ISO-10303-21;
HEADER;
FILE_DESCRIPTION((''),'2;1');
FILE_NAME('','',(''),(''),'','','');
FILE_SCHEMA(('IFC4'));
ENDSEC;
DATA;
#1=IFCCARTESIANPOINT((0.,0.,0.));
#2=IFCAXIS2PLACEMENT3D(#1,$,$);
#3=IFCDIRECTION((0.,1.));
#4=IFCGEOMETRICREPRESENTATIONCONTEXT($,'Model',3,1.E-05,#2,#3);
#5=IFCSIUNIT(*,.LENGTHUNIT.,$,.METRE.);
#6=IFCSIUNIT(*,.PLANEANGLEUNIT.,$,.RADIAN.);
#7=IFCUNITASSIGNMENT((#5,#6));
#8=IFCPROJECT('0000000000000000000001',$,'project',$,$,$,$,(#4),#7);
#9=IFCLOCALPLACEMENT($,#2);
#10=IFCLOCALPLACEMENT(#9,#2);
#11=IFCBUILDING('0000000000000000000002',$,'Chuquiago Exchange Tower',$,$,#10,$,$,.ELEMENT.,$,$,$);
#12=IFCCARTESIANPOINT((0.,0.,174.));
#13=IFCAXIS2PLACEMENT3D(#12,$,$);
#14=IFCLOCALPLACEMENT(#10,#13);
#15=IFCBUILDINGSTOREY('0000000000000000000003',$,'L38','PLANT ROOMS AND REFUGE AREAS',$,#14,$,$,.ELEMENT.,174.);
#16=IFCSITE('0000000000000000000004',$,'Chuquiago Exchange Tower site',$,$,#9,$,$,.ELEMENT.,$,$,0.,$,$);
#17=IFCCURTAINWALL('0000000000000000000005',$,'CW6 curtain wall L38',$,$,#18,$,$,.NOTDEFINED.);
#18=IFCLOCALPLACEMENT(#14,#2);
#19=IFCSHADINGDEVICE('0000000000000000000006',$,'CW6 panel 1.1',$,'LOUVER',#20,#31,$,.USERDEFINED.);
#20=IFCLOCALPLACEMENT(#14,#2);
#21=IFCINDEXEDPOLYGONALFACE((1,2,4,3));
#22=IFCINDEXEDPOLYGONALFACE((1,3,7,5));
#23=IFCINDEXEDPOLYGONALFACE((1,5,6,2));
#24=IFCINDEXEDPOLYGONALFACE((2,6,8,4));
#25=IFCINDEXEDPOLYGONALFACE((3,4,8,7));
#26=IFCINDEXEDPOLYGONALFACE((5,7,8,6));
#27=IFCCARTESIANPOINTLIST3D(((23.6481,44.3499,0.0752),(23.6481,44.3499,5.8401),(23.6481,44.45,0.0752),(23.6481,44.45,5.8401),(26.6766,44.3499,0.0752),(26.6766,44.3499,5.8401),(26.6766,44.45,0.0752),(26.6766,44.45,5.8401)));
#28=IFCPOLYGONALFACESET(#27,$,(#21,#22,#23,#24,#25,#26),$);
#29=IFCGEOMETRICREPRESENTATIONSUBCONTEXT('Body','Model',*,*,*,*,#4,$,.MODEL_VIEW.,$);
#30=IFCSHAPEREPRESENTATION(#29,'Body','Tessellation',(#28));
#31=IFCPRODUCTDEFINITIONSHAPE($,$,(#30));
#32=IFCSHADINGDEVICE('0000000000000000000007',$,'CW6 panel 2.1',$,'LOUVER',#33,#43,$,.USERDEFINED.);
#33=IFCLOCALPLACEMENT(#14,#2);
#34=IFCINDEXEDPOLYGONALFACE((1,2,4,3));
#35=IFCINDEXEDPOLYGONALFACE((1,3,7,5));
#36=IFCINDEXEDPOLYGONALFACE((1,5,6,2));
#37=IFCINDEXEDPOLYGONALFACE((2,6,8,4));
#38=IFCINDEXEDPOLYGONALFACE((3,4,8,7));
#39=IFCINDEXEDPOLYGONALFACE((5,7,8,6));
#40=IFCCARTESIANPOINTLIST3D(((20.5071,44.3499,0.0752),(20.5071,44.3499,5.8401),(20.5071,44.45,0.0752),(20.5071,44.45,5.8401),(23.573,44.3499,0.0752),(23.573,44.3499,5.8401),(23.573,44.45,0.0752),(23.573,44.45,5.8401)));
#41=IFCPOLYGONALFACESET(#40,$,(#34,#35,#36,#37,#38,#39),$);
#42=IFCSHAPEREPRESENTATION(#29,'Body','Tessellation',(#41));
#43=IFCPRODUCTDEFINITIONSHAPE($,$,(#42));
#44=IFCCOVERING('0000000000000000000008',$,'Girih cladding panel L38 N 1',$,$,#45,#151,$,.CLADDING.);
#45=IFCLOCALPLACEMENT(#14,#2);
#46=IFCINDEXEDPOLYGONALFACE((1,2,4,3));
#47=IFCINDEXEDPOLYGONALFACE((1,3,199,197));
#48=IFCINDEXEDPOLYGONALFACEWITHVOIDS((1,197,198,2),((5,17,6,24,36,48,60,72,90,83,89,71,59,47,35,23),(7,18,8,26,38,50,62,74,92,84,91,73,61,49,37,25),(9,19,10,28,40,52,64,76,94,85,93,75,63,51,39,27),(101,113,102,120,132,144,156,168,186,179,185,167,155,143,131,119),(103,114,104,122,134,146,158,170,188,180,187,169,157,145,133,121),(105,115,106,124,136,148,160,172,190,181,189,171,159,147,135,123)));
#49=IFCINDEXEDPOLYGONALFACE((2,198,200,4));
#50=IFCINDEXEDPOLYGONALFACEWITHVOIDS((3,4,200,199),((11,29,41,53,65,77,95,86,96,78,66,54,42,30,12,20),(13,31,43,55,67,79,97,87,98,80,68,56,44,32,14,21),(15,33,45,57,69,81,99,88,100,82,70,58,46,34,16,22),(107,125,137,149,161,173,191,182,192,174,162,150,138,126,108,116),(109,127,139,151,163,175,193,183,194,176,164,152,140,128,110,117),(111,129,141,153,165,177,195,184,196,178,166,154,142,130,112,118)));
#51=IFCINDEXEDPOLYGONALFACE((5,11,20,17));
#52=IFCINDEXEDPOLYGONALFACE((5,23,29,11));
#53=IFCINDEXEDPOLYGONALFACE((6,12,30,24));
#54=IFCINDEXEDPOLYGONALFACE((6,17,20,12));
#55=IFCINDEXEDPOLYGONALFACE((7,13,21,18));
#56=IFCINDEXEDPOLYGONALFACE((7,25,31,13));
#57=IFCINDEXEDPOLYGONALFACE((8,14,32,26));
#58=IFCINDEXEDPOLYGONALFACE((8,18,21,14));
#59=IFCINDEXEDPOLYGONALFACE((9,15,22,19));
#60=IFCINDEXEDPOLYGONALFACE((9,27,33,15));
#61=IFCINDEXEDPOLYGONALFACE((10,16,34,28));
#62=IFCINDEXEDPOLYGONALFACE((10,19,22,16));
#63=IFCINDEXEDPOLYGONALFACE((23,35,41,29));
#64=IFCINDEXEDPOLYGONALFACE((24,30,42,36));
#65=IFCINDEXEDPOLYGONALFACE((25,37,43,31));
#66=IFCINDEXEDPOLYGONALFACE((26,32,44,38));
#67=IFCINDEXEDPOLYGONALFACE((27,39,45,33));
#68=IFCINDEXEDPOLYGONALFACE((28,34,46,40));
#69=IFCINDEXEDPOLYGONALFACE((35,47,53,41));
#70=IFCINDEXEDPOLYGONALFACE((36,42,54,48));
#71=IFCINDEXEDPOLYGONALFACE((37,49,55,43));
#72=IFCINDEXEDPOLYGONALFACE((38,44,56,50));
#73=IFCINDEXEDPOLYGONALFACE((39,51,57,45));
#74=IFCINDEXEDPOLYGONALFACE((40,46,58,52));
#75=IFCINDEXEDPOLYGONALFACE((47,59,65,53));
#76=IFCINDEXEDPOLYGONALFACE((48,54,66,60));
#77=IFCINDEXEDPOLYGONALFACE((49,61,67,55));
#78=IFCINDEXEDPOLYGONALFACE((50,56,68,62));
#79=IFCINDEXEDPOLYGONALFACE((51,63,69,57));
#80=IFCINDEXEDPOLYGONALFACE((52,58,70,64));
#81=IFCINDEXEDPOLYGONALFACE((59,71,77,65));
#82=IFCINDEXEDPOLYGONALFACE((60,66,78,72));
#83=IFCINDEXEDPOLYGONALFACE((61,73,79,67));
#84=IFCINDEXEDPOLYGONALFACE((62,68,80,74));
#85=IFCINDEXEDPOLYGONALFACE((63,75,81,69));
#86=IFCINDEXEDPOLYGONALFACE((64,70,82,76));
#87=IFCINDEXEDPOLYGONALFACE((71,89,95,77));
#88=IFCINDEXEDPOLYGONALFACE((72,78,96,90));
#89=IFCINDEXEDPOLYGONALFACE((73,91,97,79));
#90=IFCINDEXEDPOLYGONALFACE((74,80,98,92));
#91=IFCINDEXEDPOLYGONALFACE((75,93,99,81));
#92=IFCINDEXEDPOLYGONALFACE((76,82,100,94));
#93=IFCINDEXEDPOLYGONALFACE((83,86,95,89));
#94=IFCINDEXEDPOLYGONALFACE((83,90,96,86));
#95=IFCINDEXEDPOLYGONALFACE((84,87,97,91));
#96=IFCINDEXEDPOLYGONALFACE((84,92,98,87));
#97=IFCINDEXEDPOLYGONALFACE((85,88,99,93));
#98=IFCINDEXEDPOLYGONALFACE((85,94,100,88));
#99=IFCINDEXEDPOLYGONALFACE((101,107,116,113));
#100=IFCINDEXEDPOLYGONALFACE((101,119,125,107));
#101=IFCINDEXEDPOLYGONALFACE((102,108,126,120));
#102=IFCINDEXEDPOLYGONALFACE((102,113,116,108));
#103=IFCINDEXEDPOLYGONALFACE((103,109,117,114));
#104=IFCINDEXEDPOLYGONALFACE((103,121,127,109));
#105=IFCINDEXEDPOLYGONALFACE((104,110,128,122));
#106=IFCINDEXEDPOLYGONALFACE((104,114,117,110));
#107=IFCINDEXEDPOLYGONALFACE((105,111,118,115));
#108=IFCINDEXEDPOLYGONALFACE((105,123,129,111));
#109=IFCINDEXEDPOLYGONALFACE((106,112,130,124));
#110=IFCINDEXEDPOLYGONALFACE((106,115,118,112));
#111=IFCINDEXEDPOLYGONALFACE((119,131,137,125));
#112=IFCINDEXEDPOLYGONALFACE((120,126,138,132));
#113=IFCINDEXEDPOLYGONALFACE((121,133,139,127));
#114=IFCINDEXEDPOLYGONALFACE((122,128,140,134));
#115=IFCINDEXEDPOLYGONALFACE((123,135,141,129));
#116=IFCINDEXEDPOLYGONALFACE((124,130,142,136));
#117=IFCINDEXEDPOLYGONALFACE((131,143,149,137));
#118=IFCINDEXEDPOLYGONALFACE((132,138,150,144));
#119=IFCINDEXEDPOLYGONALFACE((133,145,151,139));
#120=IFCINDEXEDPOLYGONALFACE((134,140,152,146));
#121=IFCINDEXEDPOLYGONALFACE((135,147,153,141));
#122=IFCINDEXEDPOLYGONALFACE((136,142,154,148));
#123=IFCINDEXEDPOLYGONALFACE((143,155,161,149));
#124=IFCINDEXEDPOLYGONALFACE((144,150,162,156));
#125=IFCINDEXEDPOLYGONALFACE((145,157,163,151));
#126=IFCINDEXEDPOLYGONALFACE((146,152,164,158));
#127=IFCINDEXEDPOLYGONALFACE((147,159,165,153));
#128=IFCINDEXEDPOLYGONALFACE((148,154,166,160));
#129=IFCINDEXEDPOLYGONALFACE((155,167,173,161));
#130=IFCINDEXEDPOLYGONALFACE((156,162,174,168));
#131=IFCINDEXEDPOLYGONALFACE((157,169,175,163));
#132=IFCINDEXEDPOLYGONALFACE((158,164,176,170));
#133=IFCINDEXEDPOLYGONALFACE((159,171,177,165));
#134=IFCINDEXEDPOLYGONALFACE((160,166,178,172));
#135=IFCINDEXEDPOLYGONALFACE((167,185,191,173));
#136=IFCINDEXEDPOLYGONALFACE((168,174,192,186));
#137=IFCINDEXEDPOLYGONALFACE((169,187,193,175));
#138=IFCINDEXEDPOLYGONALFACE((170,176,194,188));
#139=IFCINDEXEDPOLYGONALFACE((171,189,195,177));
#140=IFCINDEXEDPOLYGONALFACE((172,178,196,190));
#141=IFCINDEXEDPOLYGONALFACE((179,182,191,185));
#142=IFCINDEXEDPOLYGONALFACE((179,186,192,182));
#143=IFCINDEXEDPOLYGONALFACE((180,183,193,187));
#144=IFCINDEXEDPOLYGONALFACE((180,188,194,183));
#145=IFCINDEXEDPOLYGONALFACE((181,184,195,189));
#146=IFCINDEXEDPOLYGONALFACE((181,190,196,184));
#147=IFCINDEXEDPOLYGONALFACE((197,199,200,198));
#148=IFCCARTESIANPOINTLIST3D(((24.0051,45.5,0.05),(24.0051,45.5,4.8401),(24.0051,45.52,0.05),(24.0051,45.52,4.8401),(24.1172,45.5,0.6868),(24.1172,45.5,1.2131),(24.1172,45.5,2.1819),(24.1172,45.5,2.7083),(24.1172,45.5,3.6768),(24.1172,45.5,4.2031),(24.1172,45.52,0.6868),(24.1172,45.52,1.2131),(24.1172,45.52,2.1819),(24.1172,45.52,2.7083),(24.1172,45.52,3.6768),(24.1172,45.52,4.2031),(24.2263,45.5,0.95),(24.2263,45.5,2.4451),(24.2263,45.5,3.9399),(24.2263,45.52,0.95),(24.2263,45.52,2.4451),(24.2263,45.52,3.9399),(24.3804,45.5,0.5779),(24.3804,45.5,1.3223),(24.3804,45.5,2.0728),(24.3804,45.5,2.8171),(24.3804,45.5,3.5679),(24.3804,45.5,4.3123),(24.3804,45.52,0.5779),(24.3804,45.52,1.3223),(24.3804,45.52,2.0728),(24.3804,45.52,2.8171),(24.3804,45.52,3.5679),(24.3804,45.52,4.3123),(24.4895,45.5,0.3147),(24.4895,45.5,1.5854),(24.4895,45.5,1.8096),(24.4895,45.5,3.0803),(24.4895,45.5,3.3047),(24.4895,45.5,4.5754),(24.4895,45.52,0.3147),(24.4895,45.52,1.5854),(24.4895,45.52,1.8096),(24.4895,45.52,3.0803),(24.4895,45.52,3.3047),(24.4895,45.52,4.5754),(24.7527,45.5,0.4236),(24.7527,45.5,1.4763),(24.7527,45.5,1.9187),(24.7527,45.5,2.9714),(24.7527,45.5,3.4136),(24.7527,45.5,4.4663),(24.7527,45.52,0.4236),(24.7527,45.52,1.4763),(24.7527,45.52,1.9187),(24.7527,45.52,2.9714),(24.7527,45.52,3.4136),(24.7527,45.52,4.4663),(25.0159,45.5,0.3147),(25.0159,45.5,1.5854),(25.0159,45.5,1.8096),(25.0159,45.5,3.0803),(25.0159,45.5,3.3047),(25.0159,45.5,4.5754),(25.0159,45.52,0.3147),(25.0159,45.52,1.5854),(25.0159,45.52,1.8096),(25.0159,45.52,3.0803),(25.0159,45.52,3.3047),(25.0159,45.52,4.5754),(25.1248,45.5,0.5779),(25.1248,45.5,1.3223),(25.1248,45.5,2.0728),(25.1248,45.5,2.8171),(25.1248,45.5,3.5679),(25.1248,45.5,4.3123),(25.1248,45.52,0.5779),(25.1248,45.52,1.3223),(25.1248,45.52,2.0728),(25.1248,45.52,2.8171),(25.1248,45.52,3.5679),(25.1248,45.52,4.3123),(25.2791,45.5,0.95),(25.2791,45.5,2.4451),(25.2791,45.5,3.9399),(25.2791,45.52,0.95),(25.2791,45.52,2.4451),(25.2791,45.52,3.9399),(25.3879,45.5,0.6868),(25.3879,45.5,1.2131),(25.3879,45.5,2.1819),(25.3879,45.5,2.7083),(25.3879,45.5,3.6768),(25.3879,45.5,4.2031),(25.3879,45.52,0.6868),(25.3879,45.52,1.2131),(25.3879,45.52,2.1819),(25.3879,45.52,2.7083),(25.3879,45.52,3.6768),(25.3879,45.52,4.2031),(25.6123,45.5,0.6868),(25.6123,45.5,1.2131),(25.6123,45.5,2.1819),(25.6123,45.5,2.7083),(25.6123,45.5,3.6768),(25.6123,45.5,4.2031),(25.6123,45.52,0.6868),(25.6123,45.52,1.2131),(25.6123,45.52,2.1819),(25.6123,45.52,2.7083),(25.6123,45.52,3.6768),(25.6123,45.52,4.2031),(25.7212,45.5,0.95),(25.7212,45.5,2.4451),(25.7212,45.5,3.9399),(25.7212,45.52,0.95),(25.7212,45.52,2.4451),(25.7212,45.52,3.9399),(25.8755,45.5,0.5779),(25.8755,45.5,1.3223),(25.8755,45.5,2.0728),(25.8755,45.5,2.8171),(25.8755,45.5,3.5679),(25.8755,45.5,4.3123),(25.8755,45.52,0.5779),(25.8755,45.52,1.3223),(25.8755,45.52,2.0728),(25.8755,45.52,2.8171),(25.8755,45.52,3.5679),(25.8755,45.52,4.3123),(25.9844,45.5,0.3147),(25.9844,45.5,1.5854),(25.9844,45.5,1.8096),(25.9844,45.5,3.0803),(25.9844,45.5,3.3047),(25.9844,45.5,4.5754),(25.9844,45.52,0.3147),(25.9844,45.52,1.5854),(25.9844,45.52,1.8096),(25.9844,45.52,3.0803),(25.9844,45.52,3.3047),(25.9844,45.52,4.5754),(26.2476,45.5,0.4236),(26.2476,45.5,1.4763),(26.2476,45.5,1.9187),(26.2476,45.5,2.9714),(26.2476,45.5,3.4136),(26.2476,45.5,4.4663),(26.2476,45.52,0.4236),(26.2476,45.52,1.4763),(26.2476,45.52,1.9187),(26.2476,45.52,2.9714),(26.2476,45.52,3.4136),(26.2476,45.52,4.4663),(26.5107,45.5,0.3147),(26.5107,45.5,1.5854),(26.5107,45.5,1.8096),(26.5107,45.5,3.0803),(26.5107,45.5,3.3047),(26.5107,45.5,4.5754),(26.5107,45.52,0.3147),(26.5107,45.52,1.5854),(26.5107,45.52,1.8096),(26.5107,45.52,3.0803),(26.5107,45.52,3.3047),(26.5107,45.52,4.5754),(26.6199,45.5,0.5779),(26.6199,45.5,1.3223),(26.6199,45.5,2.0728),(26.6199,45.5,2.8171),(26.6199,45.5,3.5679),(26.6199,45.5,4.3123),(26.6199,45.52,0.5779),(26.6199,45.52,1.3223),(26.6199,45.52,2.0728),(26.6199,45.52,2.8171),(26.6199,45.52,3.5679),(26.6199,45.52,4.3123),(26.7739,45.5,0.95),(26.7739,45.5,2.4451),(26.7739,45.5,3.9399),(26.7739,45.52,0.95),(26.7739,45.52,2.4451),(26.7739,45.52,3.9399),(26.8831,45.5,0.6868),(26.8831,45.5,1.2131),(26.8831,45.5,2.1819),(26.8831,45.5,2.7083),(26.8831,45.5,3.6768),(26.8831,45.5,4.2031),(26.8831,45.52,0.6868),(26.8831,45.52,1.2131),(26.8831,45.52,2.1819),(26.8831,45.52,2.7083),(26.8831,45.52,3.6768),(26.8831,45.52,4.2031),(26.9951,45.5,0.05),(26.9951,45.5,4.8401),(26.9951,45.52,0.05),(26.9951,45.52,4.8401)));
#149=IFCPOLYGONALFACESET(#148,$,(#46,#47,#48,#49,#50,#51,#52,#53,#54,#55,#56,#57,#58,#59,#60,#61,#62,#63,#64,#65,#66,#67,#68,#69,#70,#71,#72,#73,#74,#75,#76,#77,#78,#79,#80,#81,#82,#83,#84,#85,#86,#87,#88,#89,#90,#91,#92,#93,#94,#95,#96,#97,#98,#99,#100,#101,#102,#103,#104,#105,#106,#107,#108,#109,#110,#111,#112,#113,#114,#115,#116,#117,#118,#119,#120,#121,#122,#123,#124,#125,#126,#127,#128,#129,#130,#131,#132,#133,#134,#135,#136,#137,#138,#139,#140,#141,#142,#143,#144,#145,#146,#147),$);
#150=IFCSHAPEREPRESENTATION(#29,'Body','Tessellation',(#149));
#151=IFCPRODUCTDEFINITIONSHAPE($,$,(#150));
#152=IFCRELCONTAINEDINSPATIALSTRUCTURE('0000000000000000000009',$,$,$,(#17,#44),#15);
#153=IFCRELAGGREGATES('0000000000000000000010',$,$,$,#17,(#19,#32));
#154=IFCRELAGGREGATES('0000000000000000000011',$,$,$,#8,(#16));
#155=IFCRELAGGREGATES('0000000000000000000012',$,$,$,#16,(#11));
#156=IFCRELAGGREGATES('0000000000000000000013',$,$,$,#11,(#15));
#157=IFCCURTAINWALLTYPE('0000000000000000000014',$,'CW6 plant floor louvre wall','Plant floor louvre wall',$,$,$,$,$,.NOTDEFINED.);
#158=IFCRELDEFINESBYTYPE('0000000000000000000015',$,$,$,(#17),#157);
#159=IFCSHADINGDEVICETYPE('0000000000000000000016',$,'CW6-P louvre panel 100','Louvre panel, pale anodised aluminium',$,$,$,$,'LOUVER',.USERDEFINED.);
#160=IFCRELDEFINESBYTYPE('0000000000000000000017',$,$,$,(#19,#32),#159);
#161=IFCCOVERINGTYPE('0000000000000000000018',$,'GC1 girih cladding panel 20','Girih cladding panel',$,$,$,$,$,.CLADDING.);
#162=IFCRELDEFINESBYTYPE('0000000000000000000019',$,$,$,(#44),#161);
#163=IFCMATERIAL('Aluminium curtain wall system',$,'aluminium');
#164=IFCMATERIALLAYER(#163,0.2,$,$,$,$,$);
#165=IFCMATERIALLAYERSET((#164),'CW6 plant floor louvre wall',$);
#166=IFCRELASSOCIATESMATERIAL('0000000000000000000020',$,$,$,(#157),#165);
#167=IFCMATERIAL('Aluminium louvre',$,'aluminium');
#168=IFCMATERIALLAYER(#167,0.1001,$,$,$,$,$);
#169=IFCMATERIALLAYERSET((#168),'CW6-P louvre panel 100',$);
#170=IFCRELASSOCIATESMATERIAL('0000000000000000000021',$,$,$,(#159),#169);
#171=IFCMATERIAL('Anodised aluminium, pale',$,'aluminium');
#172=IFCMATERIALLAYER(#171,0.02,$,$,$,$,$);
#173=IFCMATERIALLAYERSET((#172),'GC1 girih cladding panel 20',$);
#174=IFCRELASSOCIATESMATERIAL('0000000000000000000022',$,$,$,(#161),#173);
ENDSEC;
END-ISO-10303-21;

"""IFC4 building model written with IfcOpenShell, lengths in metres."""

from ifc_helpers import new_model, si_unit, direction, frame, origin, origin_2d, place, context, subcontext, project, spatial, polyline, rectangle, outline, extrude, material, layer, layer_set, type_object, element, aggregate, save


model = new_model("IFC4")

# Units and contexts
model_context = context("Model", 3, precision=1e-05, world=origin(), true_north=direction((0.0, 1.0)))
body_context = subcontext(model_context, "Body", "Model", "MODEL_VIEW")
ifc_project = project(units=[si_unit("LENGTHUNIT", "METRE"), si_unit("PLANEANGLEUNIT", "RADIAN")], contexts=[model_context])

# Site, building, storey
site_placement = place(None, origin())
site = spatial("IfcSite", under=ifc_project, at=site_placement, Name="Chuquiago Exchange Tower site", CompositionType="ELEMENT", RefElevation=0.0)
building_placement = place(site_placement, origin())
building = spatial("IfcBuilding", under=site, at=building_placement, Name="Chuquiago Exchange Tower", CompositionType="ELEMENT")
storey_placement = place(building_placement, frame((0.0, 0.0, 174.0)))
storey = spatial("IfcBuildingStorey", under=building, at=storey_placement, Name="L38", Description="PLANT ROOMS AND REFUGE AREAS", CompositionType="ELEMENT", Elevation=174.0)

# Curtain wall
ifc_material_1 = material(Name="Aluminium curtain wall system", Category="aluminium")
ifc_layer_1 = layer(ifc_material_1, 0.2)
ifc_layer_set_1 = layer_set([ifc_layer_1], Name="CW6 plant floor louvre wall")
curtain_wall_type = type_object("IfcCurtainWallType", Name="CW6 plant floor louvre wall", Description="Plant floor louvre wall", PredefinedType="NOTDEFINED", material=ifc_layer_set_1)
curtain_wall_placement = place(storey_placement, origin())
curtain_wall = element("IfcCurtainWall", 1, at=curtain_wall_placement, inside=storey, type_object=curtain_wall_type, Name="CW6 curtain wall L38", PredefinedType="NOTDEFINED")

# Shading devices
ifc_material_2 = material(Name="Aluminium louvre", Category="aluminium")
ifc_layer_2 = layer(ifc_material_2, 0.1001)
ifc_layer_set_2 = layer_set([ifc_layer_2], Name="CW6-P louvre panel 100")
shading_device_type = type_object("IfcShadingDeviceType", Name="CW6-P louvre panel 100", Description="Louvre panel, pale anodised aluminium", ElementType="LOUVER", PredefinedType="USERDEFINED", material=ifc_layer_set_2)
shading_device_1_placement = place(storey_placement, frame((25.1624, 44.3999, 0.0752), z_axis=(0.0, 0.0, 1.0), x_axis=(-1.0, 0.0, 0.0)))
shading_device_1 = element("IfcShadingDevice", 2, at=shading_device_1_placement, type_object=shading_device_type, Name="CW6 panel 1.1", ObjectType="LOUVER", PredefinedType="USERDEFINED", context=body_context, shape_type="SweptSolid", body=[
    extrude(rectangle(XDim=3.0286, YDim=0.1001, at=origin_2d()), origin(), (0.0, 0.0, 1.0), 5.7649),
])
shading_device_2_placement = place(storey_placement, frame((22.04, 44.3999, 0.0752), z_axis=(0.0, 0.0, 1.0), x_axis=(-1.0, 0.0, 0.0)))
shading_device_2 = element("IfcShadingDevice", 3, at=shading_device_2_placement, type_object=shading_device_type, Name="CW6 panel 2.1", ObjectType="LOUVER", PredefinedType="USERDEFINED", context=body_context, shape_type="SweptSolid", body=[
    extrude(rectangle(XDim=3.0659, YDim=0.1001, at=origin_2d()), origin(), (0.0, 0.0, 1.0), 5.7649),
])
aggregate(curtain_wall, [shading_device_1, shading_device_2])

# Covering
ifc_material_3 = material(Name="Anodised aluminium, pale", Category="aluminium")
ifc_layer_3 = layer(ifc_material_3, 0.02)
ifc_layer_set_3 = layer_set([ifc_layer_3], Name="GC1 girih cladding panel 20")
covering_type = type_object("IfcCoveringType", Name="GC1 girih cladding panel 20", Description="Girih cladding panel", PredefinedType="CLADDING", material=ifc_layer_set_3)
covering_1_placement = place(storey_placement, frame((26.9951, 45.5, 0.05), z_axis=(0.0, 0.0, 1.0), x_axis=(-1.0, 0.0, 0.0)))
element("IfcCovering", 4, at=covering_1_placement, inside=storey, type_object=covering_type, Name="Girih cladding panel L38 N 1", PredefinedType="CLADDING", context=body_context, shape_type="SweptSolid", body=[
    extrude(outline(polyline([(0.0, 0.0), (2.99, 0.0), (2.99, 4.79), (0.0, 4.79), (0.0, 0.0)]), holes=[polyline([(1.2739, 0.8999), (1.3828, 1.1631), (1.1196, 1.2722), (1.0107, 1.5354), (0.7476, 1.4263), (0.4844, 1.5354), (0.3752, 1.2722), (0.1121, 1.1631), (0.2212, 0.8999), (0.1121, 0.6367), (0.3752, 0.5278), (0.4844, 0.2646), (0.7476, 0.3735), (1.0107, 0.2646), (1.1196, 0.5278), (1.3828, 0.6367), (1.2739, 0.8999)]), polyline([(2.7688, 0.8999), (2.8779, 1.1631), (2.6147, 1.2722), (2.5056, 1.5354), (2.2424, 1.4263), (1.9792, 1.5354), (1.8704, 1.2722), (1.6072, 1.1631), (1.7161, 0.8999), (1.6072, 0.6367), (1.8704, 0.5278), (1.9792, 0.2646), (2.2424, 0.3735), (2.5056, 0.2646), (2.6147, 0.5278), (2.8779, 0.6367), (2.7688, 0.8999)]), polyline([(1.2739, 2.395), (1.3828, 2.6582), (1.1196, 2.7671), (1.0107, 3.0303), (0.7476, 2.9214), (0.4844, 3.0303), (0.3752, 2.7671), (0.1121, 2.6582), (0.2212, 2.395), (0.1121, 2.1318), (0.3752, 2.0227), (0.4844, 1.7595), (0.7476, 1.8687), (1.0107, 1.7595), (1.1196, 2.0227), (1.3828, 2.1318), (1.2739, 2.395)]), polyline([(2.7688, 2.395), (2.8779, 2.6582), (2.6147, 2.7671), (2.5056, 3.0303), (2.2424, 2.9214), (1.9792, 3.0303), (1.8704, 2.7671), (1.6072, 2.6582), (1.7161, 2.395), (1.6072, 2.1318), (1.8704, 2.0227), (1.9792, 1.7595), (2.2424, 1.8687), (2.5056, 1.7595), (2.6147, 2.0227), (2.8779, 2.1318), (2.7688, 2.395)]), polyline([(1.2739, 3.8899), (1.3828, 4.1531), (1.1196, 4.2622), (1.0107, 4.5254), (0.7476, 4.4163), (0.4844, 4.5254), (0.3752, 4.2622), (0.1121, 4.1531), (0.2212, 3.8899), (0.1121, 3.6267), (0.3752, 3.5178), (0.4844, 3.2546), (0.7476, 3.3635), (1.0107, 3.2546), (1.1196, 3.5178), (1.3828, 3.6267), (1.2739, 3.8899)]), polyline([(2.7688, 3.8899), (2.8779, 4.1531), (2.6147, 4.2622), (2.5056, 4.5254), (2.2424, 4.4163), (1.9792, 4.5254), (1.8704, 4.2622), (1.6072, 4.1531), (1.7161, 3.8899), (1.6072, 3.6267), (1.8704, 3.5178), (1.9792, 3.2546), (2.2424, 3.3635), (2.5056, 3.2546), (2.6147, 3.5178), (2.8779, 3.6267), (2.7688, 3.8899)])]), frame((0.0, 0.0, 0.0), z_axis=(0.0, -1.0, 0.0), x_axis=(1.0, 0.0, 0.0)), (0.0, 0.0, 1.0), 0.02),
])

save(model, "model.ifc")
